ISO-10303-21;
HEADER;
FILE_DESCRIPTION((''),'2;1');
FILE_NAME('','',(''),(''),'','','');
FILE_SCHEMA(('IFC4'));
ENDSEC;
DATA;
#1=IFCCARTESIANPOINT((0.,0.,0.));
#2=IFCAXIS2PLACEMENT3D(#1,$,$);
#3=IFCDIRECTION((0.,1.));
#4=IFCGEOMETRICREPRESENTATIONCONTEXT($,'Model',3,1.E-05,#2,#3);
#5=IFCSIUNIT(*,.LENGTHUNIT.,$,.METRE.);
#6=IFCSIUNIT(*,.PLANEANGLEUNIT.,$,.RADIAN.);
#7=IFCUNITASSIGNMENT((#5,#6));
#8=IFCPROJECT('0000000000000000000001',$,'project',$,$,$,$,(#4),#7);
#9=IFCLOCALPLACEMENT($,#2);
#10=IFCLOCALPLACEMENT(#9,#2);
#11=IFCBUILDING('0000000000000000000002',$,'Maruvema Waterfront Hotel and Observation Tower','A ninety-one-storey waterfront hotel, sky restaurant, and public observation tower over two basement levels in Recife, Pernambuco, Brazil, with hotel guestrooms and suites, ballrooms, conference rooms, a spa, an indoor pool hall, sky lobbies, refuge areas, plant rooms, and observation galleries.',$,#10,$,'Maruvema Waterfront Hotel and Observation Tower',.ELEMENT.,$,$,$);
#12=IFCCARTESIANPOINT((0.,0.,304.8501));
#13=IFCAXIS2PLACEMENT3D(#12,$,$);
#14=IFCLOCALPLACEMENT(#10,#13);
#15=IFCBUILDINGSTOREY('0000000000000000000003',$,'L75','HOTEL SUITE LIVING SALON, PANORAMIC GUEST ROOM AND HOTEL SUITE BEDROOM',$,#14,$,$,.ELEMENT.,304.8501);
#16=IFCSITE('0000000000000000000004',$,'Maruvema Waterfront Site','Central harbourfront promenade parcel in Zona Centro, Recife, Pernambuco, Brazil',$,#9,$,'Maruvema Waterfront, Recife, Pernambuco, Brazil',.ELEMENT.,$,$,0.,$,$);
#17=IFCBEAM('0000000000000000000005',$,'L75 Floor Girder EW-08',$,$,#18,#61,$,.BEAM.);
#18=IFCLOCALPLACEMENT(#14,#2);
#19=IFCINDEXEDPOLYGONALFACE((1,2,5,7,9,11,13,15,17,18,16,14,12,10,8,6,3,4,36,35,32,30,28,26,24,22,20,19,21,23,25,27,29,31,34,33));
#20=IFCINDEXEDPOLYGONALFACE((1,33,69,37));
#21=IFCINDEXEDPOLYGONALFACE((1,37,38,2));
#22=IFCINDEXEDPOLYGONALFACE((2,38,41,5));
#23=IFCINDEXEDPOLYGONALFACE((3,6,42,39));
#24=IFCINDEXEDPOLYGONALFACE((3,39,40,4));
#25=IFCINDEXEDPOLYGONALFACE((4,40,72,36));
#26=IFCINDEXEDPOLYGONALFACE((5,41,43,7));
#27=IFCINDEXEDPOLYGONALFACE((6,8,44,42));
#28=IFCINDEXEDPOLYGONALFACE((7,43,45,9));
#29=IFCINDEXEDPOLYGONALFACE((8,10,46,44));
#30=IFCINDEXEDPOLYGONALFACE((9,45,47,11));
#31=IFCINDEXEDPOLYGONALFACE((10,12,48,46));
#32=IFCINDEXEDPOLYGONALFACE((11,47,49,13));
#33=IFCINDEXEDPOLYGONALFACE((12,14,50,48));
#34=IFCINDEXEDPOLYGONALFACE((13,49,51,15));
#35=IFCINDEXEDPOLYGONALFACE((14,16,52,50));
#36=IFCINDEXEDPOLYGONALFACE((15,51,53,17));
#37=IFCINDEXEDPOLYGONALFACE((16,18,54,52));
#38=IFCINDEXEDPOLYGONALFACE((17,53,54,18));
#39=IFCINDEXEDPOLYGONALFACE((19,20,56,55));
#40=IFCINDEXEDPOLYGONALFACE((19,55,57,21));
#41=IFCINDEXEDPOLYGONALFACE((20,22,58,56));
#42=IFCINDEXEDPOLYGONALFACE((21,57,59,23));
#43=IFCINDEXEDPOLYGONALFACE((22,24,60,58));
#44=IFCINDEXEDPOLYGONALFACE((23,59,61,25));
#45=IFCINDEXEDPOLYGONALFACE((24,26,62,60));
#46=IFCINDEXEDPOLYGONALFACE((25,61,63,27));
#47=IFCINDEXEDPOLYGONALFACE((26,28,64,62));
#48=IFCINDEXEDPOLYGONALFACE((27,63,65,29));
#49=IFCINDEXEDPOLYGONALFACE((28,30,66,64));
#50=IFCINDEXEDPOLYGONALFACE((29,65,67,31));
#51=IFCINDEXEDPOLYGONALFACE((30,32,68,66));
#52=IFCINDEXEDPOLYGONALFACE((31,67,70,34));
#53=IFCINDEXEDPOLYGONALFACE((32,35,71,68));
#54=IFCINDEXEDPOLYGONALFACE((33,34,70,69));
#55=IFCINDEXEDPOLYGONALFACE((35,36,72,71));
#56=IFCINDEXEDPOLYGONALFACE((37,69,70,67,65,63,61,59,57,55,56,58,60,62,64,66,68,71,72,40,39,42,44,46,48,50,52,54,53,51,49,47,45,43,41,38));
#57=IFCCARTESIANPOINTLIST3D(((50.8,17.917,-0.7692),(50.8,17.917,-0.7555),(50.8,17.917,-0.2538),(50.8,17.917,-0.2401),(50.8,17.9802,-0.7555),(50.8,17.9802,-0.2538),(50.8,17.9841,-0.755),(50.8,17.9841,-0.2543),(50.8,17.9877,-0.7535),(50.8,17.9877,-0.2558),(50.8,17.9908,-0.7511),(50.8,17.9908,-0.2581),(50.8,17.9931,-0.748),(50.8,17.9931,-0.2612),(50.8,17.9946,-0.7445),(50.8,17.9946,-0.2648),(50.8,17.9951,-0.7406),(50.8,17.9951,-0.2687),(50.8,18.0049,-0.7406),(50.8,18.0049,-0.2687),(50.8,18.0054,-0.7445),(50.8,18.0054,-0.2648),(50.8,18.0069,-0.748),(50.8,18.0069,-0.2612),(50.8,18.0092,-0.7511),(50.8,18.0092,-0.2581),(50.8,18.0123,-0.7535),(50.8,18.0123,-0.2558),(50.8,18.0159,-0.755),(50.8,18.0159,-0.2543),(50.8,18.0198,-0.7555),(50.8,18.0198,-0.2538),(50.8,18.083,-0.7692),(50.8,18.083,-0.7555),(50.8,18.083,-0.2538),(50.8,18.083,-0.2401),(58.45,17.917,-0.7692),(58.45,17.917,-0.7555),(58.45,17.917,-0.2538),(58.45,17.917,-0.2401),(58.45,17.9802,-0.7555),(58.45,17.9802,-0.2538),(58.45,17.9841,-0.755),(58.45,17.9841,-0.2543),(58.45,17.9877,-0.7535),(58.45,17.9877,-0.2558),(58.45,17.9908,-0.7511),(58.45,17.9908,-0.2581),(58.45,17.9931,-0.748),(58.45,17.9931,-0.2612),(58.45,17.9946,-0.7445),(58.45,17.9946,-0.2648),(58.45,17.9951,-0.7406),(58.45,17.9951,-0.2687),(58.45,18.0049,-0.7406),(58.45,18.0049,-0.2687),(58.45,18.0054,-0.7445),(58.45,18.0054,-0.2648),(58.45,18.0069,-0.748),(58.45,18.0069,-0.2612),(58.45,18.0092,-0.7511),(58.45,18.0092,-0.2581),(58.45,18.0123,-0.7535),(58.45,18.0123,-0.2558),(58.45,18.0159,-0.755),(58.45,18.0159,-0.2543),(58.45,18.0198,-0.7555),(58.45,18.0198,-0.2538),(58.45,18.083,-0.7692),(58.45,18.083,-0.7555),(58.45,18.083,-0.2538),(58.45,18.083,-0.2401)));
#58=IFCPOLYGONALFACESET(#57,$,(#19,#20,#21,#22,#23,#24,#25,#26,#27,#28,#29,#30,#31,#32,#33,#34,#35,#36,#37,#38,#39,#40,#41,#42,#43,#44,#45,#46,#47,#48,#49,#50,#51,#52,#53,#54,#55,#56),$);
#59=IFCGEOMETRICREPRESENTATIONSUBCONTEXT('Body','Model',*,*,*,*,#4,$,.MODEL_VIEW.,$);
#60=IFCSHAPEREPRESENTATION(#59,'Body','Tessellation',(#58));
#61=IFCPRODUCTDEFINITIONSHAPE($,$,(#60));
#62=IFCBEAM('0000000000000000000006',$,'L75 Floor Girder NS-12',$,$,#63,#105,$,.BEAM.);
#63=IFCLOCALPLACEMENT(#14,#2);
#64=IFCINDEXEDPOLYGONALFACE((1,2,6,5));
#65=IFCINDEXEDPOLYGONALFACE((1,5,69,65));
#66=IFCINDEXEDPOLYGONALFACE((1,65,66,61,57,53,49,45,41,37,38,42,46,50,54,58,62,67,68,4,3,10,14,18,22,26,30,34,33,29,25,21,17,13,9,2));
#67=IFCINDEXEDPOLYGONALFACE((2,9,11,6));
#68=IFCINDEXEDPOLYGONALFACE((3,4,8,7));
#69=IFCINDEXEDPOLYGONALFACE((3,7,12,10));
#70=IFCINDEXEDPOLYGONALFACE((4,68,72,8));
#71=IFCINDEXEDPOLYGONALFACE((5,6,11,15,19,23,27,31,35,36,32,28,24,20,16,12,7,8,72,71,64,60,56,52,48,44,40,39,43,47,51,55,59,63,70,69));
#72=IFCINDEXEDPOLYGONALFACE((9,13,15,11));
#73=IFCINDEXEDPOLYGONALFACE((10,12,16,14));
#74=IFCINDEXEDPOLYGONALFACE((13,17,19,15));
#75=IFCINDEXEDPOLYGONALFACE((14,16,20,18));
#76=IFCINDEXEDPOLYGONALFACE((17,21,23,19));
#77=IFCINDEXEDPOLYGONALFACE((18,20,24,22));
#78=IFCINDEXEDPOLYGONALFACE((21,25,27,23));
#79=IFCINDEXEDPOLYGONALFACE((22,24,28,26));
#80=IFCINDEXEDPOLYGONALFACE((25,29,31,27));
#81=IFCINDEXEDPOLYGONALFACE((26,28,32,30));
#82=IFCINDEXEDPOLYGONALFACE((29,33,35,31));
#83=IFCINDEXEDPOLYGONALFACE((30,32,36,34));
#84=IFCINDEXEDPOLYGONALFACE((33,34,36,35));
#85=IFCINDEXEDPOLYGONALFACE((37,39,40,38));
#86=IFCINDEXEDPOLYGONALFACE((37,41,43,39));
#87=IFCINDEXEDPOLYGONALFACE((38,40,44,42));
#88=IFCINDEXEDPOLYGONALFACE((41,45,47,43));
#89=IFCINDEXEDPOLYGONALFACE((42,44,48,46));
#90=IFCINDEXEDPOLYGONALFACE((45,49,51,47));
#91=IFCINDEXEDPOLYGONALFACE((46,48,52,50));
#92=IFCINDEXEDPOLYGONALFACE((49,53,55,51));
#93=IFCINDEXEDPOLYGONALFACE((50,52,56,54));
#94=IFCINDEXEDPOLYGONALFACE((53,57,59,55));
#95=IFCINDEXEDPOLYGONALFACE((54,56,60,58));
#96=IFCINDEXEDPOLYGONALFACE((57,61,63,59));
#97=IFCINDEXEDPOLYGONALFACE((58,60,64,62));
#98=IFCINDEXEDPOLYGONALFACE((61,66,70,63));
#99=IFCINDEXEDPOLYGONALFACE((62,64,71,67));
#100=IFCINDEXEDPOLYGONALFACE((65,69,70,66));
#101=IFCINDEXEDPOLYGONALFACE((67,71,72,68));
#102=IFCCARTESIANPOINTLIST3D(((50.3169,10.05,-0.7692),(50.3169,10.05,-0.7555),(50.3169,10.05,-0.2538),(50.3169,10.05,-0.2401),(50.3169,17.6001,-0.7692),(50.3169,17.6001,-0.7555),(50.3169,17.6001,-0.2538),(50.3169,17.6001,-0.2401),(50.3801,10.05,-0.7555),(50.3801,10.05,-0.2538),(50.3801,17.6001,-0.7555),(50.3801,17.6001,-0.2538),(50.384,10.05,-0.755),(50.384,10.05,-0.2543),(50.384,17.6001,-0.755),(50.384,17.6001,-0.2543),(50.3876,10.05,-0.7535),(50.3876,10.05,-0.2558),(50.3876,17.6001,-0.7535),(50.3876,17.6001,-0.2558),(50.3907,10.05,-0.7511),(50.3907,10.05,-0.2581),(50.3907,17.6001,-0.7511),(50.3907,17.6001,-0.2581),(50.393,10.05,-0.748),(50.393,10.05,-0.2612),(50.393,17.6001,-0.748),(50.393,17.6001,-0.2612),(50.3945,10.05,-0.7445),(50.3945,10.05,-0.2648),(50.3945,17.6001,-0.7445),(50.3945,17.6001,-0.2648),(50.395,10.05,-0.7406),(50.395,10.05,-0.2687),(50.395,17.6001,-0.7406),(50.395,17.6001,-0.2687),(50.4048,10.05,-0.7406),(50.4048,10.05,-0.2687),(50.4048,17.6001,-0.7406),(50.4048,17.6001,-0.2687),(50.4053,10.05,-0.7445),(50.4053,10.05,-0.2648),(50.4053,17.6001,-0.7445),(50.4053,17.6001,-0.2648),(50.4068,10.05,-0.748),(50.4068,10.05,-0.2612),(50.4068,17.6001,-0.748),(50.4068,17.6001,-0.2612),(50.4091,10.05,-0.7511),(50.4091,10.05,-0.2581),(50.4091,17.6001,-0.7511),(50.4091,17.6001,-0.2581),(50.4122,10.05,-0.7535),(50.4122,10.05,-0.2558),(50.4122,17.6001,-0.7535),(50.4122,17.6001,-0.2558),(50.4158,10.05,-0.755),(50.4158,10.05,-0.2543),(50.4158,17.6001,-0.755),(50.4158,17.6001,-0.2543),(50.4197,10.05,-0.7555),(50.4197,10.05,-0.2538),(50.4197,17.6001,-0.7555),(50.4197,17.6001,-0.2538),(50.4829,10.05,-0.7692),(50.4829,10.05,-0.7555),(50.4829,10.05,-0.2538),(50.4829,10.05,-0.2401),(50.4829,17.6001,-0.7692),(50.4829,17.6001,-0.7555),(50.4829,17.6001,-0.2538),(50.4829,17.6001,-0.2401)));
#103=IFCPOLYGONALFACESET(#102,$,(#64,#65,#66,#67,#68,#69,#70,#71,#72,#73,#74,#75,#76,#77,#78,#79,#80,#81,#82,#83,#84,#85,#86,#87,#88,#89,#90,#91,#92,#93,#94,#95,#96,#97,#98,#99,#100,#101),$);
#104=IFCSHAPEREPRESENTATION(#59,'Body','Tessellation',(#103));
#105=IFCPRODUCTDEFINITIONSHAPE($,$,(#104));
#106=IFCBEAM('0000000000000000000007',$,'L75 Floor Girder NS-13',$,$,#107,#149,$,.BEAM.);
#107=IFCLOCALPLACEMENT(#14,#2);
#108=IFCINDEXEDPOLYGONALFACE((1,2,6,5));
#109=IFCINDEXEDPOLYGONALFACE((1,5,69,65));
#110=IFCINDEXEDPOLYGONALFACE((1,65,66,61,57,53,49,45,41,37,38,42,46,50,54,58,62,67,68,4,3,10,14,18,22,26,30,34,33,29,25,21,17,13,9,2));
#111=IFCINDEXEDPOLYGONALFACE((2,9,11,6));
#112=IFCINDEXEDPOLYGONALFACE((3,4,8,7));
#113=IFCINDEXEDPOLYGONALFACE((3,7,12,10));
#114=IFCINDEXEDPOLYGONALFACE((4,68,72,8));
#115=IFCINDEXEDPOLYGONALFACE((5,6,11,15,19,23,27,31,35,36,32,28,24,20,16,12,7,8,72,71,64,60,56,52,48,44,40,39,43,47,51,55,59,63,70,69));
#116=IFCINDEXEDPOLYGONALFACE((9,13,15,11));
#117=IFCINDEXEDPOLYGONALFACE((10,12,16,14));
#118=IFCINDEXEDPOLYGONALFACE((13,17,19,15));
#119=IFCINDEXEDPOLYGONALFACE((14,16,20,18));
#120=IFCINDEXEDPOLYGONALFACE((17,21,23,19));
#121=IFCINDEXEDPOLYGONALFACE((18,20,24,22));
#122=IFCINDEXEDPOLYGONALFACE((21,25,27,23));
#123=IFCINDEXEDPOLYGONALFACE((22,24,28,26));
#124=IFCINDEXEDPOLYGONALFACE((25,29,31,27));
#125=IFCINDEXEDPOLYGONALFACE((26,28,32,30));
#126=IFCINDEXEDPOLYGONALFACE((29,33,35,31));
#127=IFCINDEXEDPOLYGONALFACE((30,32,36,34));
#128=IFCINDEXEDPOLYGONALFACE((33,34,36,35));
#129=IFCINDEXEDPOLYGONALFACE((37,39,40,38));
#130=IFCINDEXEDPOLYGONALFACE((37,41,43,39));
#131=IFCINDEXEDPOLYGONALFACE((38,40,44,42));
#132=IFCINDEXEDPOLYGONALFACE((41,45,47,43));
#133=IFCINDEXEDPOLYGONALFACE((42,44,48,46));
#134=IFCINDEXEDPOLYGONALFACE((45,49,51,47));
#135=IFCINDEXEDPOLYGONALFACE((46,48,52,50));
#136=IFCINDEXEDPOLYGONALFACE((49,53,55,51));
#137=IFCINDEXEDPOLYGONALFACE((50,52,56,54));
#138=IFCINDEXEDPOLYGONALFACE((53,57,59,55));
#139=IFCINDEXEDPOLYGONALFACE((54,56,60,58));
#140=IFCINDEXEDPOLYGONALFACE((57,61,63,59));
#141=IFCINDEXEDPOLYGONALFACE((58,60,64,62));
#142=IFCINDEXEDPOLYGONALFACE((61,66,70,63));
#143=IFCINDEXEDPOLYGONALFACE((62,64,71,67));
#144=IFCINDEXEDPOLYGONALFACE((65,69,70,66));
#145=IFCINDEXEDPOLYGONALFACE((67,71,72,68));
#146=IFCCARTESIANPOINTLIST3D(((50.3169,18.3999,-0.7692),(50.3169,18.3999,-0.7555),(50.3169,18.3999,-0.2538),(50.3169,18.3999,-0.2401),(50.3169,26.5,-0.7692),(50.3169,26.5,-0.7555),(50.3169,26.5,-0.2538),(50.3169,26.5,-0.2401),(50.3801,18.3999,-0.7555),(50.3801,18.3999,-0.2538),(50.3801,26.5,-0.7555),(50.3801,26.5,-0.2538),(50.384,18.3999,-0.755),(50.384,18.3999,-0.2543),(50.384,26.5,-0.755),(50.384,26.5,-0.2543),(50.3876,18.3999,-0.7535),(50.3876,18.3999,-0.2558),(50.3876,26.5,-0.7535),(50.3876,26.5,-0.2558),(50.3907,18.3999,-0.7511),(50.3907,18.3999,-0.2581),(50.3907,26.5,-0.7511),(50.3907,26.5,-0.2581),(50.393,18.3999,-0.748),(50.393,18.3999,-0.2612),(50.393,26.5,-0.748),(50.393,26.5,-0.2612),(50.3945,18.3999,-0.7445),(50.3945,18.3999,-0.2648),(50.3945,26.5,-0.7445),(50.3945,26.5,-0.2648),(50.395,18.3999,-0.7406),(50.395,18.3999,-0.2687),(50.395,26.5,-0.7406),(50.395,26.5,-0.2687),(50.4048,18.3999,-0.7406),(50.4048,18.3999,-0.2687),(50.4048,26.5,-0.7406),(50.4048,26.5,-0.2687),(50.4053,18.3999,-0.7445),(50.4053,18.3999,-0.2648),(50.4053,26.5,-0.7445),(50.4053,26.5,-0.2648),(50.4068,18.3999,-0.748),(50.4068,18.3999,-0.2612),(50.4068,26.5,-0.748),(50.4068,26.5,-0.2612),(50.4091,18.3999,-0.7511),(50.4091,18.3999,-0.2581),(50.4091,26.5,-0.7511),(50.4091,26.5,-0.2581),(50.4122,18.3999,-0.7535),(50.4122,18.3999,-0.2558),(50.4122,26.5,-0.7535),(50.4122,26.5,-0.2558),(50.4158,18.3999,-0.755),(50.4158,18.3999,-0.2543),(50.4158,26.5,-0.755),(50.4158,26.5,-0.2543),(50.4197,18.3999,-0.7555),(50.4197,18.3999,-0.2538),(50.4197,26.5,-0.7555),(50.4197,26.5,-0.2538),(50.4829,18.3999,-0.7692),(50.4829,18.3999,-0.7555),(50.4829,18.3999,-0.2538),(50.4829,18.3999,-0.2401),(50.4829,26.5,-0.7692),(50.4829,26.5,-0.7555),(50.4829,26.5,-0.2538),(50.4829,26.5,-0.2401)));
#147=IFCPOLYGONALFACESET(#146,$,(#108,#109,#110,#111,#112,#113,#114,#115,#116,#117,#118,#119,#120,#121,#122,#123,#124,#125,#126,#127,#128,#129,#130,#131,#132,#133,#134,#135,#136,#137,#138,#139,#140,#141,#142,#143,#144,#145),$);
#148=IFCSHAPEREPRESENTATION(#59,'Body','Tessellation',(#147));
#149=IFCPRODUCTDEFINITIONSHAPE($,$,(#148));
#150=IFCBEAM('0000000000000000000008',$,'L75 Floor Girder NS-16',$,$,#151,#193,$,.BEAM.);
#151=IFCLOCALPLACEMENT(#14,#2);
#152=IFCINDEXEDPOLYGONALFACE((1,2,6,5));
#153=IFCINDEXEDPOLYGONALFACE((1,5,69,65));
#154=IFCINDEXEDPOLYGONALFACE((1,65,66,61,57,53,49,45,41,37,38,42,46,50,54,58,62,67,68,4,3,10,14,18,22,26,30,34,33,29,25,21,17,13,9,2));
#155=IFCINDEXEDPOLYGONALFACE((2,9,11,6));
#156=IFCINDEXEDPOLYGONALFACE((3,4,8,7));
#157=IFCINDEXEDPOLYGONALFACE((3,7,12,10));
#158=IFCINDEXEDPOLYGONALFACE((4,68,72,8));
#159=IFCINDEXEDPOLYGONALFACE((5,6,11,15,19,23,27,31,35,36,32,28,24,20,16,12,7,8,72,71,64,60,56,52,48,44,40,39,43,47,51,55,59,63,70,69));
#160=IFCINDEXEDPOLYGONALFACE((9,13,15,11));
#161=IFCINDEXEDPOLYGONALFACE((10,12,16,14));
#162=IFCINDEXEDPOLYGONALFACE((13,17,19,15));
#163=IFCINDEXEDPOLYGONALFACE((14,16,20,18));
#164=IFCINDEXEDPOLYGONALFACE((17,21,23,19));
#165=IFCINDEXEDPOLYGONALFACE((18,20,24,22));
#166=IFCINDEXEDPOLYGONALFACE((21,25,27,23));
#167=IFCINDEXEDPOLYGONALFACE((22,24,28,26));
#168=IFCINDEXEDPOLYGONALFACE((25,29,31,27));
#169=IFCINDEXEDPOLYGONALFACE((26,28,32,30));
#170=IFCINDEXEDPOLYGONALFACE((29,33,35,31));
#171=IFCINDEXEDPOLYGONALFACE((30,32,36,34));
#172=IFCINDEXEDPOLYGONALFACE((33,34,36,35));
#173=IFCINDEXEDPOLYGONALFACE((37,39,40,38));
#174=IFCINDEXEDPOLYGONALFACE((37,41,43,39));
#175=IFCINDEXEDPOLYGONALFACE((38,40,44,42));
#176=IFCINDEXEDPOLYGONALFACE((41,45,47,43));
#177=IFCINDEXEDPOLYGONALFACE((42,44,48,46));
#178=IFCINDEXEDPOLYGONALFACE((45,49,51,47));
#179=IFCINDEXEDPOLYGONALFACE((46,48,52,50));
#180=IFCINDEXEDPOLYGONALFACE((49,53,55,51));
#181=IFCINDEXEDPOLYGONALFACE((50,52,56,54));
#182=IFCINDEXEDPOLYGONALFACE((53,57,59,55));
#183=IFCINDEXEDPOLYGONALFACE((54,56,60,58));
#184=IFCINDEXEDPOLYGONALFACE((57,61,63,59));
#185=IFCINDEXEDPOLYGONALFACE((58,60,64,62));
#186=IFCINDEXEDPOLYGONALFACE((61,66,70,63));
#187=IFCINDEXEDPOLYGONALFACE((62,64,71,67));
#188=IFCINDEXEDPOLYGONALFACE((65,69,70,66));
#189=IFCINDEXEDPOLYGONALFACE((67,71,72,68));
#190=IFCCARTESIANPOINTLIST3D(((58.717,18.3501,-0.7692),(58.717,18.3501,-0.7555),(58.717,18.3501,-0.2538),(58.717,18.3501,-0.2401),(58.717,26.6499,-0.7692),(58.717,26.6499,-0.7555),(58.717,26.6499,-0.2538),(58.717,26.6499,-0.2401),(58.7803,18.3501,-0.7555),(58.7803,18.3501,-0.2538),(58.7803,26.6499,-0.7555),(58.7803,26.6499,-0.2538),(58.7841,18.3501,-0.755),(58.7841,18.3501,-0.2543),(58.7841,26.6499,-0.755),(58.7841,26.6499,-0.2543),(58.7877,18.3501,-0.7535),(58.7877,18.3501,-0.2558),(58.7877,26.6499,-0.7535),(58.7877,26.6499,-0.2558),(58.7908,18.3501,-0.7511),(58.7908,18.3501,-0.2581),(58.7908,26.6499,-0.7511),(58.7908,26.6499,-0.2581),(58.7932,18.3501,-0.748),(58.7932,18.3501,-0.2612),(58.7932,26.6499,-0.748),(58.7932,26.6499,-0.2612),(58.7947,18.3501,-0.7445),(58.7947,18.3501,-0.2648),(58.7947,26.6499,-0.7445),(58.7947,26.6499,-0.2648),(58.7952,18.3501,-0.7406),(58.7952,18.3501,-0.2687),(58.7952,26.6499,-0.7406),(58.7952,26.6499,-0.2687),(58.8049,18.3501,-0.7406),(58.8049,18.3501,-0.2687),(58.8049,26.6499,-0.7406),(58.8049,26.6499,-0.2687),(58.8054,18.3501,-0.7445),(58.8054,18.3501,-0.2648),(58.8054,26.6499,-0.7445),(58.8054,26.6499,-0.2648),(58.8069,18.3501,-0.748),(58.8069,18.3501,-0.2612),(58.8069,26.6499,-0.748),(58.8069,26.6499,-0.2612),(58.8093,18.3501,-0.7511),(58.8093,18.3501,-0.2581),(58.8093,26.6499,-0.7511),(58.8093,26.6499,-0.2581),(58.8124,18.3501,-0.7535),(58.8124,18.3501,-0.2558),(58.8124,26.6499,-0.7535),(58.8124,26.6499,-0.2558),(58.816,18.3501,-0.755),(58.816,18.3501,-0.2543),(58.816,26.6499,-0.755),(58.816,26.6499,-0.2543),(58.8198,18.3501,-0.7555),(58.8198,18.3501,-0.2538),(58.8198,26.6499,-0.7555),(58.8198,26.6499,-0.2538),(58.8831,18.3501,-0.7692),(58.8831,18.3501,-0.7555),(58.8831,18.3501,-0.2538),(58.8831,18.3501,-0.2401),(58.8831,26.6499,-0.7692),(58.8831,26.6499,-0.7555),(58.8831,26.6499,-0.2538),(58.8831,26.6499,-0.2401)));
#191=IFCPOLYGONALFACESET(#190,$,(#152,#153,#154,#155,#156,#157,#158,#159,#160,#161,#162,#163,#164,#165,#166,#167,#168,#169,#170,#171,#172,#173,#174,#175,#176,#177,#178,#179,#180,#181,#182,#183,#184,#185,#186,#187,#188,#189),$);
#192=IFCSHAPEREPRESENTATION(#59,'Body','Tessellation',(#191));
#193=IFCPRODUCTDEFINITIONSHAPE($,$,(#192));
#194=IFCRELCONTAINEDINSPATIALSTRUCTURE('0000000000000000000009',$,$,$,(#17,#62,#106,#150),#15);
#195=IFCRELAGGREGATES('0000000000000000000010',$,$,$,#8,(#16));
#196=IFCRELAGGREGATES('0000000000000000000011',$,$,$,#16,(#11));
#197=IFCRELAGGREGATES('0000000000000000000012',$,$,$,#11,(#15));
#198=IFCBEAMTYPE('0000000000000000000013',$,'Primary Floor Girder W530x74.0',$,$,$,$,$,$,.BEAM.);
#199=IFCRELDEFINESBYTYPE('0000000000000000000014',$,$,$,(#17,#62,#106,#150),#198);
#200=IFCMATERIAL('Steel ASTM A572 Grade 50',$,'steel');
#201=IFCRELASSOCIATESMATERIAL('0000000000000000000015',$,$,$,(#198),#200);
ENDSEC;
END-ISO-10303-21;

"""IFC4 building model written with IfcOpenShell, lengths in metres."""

from ifc_helpers import new_model, si_unit, direction, frame, origin, origin_2d, place, context, subcontext, project, spatial, i_section, extrude, material, material_profile, profile_set, type_object, element, save


model = new_model("IFC4")

# Units and contexts
model_context = context("Model", 3, precision=1e-05, world=origin(), true_north=direction((0.0, 1.0)))
body_context = subcontext(model_context, "Body", "Model", "MODEL_VIEW")
ifc_project = project(units=[si_unit("LENGTHUNIT", "METRE"), si_unit("PLANEANGLEUNIT", "RADIAN")], contexts=[model_context])

# Site, building, storey
site_placement = place(None, origin())
site = spatial("IfcSite", under=ifc_project, at=site_placement, Name="Maruvema Waterfront Site", Description="Central harbourfront promenade parcel in Zona Centro, Recife, Pernambuco, Brazil", LongName="Maruvema Waterfront, Recife, Pernambuco, Brazil", CompositionType="ELEMENT", RefElevation=0.0)
building_placement = place(site_placement, origin())
building = spatial("IfcBuilding", under=site, at=building_placement, Name="Maruvema Waterfront Hotel and Observation Tower", Description="A ninety-one-storey waterfront hotel, sky restaurant, and public observation tower over two basement levels in Recife, Pernambuco, Brazil, with hotel guestrooms and suites, ballrooms, conference rooms, a spa, an indoor pool hall, sky lobbies, refuge areas, plant rooms, and observation galleries.", LongName="Maruvema Waterfront Hotel and Observation Tower", CompositionType="ELEMENT")
storey_placement = place(building_placement, frame((0.0, 0.0, 304.8501)))
storey = spatial("IfcBuildingStorey", under=building, at=storey_placement, Name="L75", Description="HOTEL SUITE LIVING SALON, PANORAMIC GUEST ROOM AND HOTEL SUITE BEDROOM", CompositionType="ELEMENT", Elevation=304.8501)

# Beams
ifc_material_1 = material(Name="Steel ASTM A572 Grade 50", Category="steel")
ifc_material_profile_1 = material_profile(ifc_material_1, i_section(OverallWidth=0.166, OverallDepth=0.5291, WebThickness=0.0098, FlangeThickness=0.0137, FilletRadius=0.0149, at=origin_2d()), Name="W530x74.0")
ifc_profile_set_1 = profile_set([ifc_material_profile_1], Name="Steel ASTM A572 Grade 50")
beam_type_1 = type_object("IfcBeamType", Name="Primary Floor Girder W530x74.0", PredefinedType="BEAM", material=ifc_profile_set_1)
beam_1_placement = place(storey_placement, frame((50.8, 18.0, -0.5046), z_axis=(1.0, 0.0, 0.0), x_axis=(0.0, 1.0, 0.0)))
element("IfcBeam", 1, at=beam_1_placement, inside=storey, type_object=beam_type_1, Name="L75 Floor Girder EW-08", PredefinedType="BEAM", context=body_context, shape_type="SweptSolid", body=[
    extrude(i_section(OverallWidth=0.166, OverallDepth=0.5291, WebThickness=0.0098, FlangeThickness=0.0137, FilletRadius=0.0149, at=origin_2d()), origin(), (0.0, 0.0, 1.0), 7.6499),
])
beam_2_placement = place(storey_placement, frame((50.3999, 10.05, -0.5046), z_axis=(0.0, 1.0, 0.0), x_axis=(-1.0, 0.0, 0.0)))
element("IfcBeam", 2, at=beam_2_placement, inside=storey, type_object=beam_type_1, Name="L75 Floor Girder NS-12", PredefinedType="BEAM", context=body_context, shape_type="SweptSolid", body=[
    extrude(i_section(OverallWidth=0.166, OverallDepth=0.5291, WebThickness=0.0098, FlangeThickness=0.0137, FilletRadius=0.0149, at=origin_2d()), origin(), (0.0, 0.0, 1.0), 7.55),
])
beam_3_placement = place(storey_placement, frame((50.3999, 18.3999, -0.5046), z_axis=(0.0, 1.0, 0.0), x_axis=(-1.0, 0.0, 0.0)))
element("IfcBeam", 3, at=beam_3_placement, inside=storey, type_object=beam_type_1, Name="L75 Floor Girder NS-13", PredefinedType="BEAM", context=body_context, shape_type="SweptSolid", body=[
    extrude(i_section(OverallWidth=0.166, OverallDepth=0.5291, WebThickness=0.0098, FlangeThickness=0.0137, FilletRadius=0.0149, at=origin_2d()), origin(), (0.0, 0.0, 1.0), 8.1001),
])
beam_4_placement = place(storey_placement, frame((58.8, 18.3501, -0.5046), z_axis=(0.0, 1.0, 0.0), x_axis=(-1.0, 0.0, 0.0)))
element("IfcBeam", 4, at=beam_4_placement, inside=storey, type_object=beam_type_1, Name="L75 Floor Girder NS-16", PredefinedType="BEAM", context=body_context, shape_type="SweptSolid", body=[
    extrude(i_section(OverallWidth=0.166, OverallDepth=0.5291, WebThickness=0.0098, FlangeThickness=0.0137, FilletRadius=0.0149, at=origin_2d()), origin(), (0.0, 0.0, 1.0), 8.2998),
])

save(model, "model.ifc")
